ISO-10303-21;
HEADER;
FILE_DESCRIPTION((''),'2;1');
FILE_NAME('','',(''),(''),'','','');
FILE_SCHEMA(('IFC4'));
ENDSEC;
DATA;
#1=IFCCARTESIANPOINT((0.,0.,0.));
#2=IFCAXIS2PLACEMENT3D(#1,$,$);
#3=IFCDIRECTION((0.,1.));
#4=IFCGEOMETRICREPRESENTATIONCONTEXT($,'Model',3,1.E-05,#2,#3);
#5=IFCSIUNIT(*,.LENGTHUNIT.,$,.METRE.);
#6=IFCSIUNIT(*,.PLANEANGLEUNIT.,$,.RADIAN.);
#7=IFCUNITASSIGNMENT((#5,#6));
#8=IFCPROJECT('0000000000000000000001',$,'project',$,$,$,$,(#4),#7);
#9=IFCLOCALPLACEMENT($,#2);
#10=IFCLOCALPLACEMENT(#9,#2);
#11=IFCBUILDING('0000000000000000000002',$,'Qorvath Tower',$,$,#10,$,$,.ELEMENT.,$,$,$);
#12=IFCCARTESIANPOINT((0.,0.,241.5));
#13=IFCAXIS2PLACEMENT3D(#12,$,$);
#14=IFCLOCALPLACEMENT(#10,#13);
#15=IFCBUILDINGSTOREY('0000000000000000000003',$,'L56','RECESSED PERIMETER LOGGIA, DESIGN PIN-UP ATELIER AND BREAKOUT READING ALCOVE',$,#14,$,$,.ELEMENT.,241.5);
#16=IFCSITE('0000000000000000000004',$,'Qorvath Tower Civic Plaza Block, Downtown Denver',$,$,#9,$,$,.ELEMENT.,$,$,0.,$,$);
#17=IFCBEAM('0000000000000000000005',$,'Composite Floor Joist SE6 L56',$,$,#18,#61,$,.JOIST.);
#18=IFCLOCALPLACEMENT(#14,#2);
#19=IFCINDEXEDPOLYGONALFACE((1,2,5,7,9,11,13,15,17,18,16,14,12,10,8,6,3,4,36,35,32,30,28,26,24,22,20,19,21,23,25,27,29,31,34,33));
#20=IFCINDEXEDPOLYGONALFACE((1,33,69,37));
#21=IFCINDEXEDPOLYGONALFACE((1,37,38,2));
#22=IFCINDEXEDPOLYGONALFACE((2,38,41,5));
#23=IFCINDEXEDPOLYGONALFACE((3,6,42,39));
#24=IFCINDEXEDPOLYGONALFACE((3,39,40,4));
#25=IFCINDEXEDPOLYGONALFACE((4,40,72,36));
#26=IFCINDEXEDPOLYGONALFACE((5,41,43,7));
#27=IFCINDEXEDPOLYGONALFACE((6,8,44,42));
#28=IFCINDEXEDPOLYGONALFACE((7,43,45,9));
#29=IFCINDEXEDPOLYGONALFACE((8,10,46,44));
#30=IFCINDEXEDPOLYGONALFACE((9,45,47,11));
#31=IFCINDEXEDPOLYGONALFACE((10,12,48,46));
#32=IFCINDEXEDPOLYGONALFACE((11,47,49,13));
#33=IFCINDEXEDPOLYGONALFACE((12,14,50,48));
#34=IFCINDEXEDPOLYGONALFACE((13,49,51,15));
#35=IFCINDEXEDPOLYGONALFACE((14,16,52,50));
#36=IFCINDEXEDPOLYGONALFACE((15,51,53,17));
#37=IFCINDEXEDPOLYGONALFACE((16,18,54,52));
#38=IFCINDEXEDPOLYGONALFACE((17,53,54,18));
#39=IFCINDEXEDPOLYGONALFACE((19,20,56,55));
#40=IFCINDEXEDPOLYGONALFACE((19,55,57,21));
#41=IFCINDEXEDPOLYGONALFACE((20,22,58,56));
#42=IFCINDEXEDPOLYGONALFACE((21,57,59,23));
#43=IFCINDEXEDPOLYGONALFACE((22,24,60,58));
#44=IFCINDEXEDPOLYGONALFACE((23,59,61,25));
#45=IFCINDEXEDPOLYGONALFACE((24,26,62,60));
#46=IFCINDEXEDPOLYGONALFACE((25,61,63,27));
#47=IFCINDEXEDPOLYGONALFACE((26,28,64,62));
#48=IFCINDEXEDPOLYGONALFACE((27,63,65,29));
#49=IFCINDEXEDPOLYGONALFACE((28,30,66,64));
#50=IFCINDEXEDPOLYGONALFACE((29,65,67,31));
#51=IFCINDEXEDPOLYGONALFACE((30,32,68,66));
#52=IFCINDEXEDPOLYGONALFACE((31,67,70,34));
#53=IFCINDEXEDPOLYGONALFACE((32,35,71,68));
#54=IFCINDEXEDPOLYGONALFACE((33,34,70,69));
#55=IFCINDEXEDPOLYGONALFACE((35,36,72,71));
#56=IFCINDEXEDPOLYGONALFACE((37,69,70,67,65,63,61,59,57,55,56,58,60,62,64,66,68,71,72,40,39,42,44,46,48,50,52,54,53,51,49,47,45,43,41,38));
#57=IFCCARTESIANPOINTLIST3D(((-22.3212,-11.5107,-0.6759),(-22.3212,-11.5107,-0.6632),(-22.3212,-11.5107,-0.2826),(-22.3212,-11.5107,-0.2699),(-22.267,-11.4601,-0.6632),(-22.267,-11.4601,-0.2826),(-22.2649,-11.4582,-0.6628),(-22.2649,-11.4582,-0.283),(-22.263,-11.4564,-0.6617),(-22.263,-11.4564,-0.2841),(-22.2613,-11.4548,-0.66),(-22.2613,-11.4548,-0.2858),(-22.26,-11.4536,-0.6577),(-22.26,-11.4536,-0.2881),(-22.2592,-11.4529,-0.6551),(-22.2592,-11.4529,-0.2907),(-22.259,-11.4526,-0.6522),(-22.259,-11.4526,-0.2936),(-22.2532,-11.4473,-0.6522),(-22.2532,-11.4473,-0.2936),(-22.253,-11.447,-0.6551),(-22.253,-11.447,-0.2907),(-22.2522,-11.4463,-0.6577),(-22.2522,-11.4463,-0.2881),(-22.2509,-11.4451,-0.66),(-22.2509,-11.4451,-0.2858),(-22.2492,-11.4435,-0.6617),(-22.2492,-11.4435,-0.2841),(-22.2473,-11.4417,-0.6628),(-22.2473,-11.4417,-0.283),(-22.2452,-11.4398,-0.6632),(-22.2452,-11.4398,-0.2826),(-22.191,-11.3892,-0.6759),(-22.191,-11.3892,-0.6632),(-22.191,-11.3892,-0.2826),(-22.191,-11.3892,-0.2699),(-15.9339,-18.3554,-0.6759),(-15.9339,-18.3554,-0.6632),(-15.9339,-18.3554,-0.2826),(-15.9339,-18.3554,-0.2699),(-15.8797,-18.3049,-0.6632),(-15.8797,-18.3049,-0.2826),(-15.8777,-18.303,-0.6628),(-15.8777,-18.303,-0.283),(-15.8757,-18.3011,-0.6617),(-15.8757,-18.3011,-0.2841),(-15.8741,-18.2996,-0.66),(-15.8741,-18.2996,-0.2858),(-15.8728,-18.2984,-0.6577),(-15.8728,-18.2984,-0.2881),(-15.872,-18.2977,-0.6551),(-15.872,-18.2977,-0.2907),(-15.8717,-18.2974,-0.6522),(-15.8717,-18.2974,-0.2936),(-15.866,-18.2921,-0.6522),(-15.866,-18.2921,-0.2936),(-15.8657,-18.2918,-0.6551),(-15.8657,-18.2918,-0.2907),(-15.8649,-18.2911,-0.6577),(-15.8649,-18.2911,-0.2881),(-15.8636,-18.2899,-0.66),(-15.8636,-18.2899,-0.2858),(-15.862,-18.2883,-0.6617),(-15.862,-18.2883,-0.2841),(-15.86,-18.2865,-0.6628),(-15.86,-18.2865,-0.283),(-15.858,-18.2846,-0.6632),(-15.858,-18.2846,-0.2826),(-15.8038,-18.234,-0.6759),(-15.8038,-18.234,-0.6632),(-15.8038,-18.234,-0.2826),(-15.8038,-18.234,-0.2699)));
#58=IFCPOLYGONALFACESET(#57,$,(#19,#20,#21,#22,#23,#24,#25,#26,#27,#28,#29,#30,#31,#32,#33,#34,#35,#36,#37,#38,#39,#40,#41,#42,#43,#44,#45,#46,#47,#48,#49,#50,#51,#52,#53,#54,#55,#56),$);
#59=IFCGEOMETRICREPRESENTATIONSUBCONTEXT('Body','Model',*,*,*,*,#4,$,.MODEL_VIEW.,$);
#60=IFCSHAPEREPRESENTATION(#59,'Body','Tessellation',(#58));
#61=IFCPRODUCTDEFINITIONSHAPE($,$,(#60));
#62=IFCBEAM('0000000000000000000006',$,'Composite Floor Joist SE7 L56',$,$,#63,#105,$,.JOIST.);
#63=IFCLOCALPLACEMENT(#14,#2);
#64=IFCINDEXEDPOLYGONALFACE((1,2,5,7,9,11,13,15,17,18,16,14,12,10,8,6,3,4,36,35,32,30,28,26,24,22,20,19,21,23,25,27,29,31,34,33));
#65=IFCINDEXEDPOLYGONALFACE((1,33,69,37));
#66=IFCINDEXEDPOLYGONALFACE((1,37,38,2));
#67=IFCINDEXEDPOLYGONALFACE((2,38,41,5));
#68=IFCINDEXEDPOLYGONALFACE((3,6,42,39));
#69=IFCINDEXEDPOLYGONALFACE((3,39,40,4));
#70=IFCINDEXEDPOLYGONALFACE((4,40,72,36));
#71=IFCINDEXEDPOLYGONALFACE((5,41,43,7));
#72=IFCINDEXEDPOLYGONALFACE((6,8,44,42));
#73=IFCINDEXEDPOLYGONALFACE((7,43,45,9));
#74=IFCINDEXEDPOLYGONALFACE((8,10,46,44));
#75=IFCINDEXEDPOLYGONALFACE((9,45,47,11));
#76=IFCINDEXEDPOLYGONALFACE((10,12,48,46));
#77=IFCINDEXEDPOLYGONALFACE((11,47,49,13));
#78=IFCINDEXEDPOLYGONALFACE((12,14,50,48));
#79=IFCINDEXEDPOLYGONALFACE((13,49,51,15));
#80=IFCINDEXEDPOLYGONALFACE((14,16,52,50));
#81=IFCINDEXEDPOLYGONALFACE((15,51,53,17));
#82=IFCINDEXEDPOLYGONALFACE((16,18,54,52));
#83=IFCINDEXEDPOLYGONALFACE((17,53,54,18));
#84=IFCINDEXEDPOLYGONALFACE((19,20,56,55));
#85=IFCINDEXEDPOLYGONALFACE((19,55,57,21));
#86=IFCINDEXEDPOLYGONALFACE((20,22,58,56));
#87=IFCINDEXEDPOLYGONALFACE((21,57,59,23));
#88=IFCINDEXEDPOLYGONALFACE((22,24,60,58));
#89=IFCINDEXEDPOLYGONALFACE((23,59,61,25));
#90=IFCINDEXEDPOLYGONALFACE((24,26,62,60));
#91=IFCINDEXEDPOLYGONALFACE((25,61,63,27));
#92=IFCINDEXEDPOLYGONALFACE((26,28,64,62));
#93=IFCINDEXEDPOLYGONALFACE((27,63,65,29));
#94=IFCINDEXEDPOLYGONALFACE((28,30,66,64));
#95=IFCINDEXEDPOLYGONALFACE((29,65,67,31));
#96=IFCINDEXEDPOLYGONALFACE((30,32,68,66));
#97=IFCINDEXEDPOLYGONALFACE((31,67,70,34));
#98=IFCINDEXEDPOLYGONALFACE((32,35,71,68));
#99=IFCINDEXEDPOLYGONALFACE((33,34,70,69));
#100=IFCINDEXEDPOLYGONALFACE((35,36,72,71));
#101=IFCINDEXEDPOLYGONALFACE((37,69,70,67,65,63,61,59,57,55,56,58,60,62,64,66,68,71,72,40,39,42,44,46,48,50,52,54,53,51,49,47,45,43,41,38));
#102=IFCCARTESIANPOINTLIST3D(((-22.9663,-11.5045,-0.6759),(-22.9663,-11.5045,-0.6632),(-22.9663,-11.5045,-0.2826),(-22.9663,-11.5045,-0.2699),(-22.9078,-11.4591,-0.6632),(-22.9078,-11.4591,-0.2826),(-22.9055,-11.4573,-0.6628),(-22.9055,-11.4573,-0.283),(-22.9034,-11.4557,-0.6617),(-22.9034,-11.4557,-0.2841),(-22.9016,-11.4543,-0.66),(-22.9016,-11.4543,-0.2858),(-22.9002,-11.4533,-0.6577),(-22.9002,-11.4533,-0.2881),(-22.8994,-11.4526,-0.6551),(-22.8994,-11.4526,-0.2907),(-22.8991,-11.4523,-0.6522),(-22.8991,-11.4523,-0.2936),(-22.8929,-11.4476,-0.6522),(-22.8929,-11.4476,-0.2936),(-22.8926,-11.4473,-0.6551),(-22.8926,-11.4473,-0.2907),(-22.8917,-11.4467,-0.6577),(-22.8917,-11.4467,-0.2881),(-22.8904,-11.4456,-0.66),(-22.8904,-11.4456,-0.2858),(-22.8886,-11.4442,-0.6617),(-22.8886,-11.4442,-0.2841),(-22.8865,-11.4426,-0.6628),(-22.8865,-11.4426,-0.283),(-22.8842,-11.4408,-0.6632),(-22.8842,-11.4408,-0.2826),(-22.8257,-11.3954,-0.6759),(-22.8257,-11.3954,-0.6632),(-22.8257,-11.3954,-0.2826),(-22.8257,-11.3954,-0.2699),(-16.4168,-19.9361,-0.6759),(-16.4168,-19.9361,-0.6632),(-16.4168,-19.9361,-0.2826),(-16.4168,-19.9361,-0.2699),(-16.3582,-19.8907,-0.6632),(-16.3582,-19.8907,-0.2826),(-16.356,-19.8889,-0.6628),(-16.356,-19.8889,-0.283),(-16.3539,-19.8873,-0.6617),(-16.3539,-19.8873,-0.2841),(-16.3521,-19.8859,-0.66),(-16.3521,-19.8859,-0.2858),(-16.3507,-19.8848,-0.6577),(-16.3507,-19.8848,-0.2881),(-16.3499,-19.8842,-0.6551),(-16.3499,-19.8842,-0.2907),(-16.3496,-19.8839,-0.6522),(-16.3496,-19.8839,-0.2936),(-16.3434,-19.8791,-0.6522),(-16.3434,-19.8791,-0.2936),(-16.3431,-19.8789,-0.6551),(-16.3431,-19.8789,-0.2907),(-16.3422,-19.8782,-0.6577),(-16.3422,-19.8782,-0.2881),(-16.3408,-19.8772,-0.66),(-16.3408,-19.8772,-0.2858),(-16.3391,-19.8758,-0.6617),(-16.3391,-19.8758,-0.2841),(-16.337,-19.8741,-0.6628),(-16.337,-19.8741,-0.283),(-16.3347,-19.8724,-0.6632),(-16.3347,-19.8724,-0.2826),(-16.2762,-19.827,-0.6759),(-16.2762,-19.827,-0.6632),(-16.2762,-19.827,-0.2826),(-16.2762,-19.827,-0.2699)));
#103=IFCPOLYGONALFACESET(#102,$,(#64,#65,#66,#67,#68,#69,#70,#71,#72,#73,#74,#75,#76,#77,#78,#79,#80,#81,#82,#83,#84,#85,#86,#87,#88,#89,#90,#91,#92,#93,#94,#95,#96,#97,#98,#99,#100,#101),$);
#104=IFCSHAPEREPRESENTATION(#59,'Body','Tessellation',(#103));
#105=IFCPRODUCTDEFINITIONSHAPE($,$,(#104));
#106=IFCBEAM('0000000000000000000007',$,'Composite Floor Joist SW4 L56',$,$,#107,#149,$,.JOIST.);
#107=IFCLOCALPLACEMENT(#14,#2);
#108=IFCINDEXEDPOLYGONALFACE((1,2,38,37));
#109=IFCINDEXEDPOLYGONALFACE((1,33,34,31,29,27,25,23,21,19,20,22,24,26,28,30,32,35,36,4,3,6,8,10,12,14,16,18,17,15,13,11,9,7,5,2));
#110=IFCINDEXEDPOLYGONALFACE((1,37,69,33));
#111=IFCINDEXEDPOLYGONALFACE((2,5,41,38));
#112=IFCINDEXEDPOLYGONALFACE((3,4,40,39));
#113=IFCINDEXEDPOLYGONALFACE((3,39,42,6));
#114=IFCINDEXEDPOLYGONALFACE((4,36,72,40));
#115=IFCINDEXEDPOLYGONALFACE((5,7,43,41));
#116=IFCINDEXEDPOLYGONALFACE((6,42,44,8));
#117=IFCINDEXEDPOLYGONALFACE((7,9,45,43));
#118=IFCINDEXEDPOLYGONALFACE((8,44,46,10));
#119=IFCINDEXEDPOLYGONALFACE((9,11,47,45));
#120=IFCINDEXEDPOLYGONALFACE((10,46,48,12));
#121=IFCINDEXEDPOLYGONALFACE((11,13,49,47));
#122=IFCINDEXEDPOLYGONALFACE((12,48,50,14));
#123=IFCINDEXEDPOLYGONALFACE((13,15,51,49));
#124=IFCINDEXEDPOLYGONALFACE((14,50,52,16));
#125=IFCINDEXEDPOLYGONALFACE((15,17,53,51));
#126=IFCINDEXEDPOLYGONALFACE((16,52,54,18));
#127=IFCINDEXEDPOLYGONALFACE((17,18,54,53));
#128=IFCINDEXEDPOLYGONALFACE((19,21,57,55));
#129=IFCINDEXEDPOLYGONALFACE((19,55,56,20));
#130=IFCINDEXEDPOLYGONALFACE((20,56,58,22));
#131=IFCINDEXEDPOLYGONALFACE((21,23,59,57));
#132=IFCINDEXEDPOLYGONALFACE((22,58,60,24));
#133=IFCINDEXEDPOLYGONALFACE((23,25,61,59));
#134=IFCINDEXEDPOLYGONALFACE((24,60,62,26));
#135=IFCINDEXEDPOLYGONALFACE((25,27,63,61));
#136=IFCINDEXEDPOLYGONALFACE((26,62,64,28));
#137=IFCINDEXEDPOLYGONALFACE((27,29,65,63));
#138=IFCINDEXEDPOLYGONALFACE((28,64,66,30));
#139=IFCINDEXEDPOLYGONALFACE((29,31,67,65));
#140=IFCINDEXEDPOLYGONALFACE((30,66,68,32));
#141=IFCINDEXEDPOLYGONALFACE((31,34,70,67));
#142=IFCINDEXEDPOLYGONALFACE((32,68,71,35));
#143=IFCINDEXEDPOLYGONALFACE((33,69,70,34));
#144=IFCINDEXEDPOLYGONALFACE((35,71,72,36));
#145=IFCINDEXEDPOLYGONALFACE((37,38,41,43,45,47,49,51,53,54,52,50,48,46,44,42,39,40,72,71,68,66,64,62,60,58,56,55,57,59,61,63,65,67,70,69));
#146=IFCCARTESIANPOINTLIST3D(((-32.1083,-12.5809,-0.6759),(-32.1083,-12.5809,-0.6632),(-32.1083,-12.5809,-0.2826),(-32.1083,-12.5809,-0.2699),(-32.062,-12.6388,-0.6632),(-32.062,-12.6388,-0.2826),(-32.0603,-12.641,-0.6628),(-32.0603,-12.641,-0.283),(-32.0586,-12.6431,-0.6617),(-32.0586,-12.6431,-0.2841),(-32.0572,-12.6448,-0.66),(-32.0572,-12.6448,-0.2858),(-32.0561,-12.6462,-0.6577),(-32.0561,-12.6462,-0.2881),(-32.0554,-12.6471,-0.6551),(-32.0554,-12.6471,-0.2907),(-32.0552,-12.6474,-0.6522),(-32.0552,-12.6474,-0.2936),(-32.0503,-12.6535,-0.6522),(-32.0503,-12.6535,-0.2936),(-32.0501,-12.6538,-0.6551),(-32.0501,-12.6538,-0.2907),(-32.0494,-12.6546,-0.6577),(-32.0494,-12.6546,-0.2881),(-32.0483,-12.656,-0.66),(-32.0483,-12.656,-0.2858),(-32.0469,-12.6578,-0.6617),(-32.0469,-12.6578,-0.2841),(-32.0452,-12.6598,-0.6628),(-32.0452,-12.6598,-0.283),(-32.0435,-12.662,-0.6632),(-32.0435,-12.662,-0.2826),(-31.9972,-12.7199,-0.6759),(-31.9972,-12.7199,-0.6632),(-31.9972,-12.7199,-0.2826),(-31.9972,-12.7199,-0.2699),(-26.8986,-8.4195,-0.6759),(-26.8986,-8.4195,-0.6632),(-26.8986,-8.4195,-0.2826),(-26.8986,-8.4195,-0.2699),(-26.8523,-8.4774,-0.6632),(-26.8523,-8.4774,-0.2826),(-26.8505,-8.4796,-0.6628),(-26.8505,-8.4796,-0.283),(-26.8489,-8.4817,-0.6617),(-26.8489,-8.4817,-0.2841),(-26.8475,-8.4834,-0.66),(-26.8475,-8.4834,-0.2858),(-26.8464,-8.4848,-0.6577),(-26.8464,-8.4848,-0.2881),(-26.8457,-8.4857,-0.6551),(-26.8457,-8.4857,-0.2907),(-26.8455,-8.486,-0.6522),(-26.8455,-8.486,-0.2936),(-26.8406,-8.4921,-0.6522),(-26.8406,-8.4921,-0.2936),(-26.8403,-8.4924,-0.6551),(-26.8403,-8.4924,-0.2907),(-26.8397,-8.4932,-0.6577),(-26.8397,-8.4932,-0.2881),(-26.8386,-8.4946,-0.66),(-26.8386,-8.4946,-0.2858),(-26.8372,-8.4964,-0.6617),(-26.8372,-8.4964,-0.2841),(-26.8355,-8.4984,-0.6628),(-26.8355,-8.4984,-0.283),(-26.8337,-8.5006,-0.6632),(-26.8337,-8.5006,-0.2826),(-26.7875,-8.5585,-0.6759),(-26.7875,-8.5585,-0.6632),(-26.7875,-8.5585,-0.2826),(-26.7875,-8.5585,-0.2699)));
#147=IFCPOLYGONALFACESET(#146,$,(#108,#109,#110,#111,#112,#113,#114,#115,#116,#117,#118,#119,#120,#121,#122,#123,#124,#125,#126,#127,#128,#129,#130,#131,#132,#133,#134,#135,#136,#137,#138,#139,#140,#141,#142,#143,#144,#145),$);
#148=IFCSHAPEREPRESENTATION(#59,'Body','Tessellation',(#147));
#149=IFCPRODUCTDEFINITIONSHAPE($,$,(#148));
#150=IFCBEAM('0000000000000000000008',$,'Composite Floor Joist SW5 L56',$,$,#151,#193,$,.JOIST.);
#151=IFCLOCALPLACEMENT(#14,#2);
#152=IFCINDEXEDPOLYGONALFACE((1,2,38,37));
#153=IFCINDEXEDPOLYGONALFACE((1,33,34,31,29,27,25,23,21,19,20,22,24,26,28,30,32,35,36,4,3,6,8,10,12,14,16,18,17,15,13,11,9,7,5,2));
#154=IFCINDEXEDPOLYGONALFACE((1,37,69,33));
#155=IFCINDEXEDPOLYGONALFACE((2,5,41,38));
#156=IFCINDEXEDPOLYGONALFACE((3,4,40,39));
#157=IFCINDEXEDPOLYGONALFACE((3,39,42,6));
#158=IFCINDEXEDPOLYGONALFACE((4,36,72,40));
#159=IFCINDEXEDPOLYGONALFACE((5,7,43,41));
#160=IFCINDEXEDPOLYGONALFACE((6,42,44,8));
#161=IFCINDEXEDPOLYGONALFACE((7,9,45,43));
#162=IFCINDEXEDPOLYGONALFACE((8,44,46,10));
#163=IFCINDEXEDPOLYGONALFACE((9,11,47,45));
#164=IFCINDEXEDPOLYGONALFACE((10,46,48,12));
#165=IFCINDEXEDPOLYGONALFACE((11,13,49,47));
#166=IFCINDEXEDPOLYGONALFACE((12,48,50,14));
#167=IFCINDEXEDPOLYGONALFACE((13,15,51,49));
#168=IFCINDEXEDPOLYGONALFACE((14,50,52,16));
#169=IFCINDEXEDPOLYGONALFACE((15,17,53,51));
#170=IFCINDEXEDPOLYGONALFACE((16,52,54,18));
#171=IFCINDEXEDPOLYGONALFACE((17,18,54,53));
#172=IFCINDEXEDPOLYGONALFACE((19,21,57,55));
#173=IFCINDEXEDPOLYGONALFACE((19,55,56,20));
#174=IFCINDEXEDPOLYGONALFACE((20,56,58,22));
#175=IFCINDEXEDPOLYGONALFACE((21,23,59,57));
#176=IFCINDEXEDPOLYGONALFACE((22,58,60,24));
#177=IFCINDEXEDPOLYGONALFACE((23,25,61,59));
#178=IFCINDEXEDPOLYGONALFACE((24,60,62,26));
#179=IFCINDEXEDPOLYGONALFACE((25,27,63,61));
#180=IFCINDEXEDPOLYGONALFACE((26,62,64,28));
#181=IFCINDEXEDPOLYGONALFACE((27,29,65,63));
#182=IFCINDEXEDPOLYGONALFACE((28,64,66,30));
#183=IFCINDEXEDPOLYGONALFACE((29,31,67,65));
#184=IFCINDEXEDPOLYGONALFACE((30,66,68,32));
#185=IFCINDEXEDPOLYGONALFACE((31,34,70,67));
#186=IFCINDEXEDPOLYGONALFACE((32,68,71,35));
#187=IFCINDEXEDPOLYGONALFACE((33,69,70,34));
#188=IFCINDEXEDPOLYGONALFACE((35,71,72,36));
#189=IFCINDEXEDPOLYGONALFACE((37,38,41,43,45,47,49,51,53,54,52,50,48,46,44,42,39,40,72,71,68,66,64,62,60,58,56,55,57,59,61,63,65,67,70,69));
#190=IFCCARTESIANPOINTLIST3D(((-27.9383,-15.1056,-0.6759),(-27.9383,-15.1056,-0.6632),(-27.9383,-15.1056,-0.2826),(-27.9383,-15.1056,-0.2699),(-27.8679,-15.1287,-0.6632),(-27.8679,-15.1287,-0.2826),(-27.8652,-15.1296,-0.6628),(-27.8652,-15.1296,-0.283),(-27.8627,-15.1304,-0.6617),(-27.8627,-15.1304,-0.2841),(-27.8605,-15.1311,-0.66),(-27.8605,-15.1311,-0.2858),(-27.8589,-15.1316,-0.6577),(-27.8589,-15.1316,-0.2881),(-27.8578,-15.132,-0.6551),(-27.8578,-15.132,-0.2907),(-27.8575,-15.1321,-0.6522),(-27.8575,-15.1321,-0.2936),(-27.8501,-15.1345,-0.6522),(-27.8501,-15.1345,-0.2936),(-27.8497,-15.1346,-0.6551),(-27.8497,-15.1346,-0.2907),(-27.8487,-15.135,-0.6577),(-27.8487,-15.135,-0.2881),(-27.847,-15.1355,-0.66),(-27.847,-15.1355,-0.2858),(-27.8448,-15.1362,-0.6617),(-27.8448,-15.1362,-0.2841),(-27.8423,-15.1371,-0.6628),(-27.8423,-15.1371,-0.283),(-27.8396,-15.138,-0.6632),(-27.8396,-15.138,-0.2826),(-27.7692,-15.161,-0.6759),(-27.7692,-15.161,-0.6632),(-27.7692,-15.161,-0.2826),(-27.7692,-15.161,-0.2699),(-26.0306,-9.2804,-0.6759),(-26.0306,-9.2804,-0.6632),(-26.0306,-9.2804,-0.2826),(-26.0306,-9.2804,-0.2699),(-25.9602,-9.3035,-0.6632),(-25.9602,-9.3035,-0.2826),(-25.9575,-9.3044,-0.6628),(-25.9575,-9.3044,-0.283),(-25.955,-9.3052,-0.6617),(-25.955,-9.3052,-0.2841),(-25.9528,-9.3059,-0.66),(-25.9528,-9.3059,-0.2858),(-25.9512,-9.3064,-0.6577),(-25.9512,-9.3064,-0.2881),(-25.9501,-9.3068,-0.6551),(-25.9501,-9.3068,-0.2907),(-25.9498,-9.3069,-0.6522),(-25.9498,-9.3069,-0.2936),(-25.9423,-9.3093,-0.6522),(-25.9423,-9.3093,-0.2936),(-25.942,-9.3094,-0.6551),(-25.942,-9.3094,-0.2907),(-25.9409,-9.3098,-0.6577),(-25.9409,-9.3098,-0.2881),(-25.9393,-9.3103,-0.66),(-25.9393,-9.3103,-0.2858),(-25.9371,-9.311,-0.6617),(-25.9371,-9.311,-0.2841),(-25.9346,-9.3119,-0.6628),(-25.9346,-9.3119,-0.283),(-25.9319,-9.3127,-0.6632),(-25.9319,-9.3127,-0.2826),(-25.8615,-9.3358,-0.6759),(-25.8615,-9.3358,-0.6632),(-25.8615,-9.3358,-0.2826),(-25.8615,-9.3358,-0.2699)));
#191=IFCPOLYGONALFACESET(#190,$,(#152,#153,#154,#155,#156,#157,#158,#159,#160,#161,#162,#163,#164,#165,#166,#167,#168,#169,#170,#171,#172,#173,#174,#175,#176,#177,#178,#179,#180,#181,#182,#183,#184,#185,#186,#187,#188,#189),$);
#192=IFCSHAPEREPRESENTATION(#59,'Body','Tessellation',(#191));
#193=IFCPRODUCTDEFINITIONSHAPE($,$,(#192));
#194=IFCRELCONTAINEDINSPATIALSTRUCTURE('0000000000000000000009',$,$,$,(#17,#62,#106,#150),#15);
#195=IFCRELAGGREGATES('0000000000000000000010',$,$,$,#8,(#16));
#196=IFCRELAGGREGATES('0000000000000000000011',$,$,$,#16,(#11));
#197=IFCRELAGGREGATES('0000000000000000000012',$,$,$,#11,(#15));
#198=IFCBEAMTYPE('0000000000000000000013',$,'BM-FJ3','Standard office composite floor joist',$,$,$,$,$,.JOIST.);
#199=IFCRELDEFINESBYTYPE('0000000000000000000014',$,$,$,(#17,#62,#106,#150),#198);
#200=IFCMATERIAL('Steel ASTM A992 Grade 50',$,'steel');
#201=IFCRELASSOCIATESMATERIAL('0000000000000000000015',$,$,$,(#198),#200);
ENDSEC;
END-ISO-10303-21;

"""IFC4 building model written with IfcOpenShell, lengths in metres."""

from ifc_helpers import new_model, si_unit, direction, frame, origin, origin_2d, place, context, subcontext, project, spatial, i_section, extrude, material, material_profile, profile_set, type_object, element, save


model = new_model("IFC4")

# Units and contexts
model_context = context("Model", 3, precision=1e-05, world=origin(), true_north=direction((0.0, 1.0)))
body_context = subcontext(model_context, "Body", "Model", "MODEL_VIEW")
ifc_project = project(units=[si_unit("LENGTHUNIT", "METRE"), si_unit("PLANEANGLEUNIT", "RADIAN")], contexts=[model_context])

# Site, building, storey
site_placement = place(None, origin())
site = spatial("IfcSite", under=ifc_project, at=site_placement, Name="Qorvath Tower Civic Plaza Block, Downtown Denver", CompositionType="ELEMENT", RefElevation=0.0)
building_placement = place(site_placement, origin())
building = spatial("IfcBuilding", under=site, at=building_placement, Name="Qorvath Tower", CompositionType="ELEMENT")
storey_placement = place(building_placement, frame((0.0, 0.0, 241.5)))
storey = spatial("IfcBuildingStorey", under=building, at=storey_placement, Name="L56", Description="RECESSED PERIMETER LOGGIA, DESIGN PIN-UP ATELIER AND BREAKOUT READING ALCOVE", CompositionType="ELEMENT", Elevation=241.5)

# Beams
ifc_material_1 = material(Name="Steel ASTM A992 Grade 50", Category="steel")
ifc_material_profile_1 = material_profile(ifc_material_1, i_section(OverallWidth=0.178, OverallDepth=0.406, WebThickness=0.0078, FlangeThickness=0.0127, FilletRadius=0.011, at=origin_2d()), Name="W16x40")
ifc_profile_set_1 = profile_set([ifc_material_profile_1], Name="Steel ASTM A992 Grade 50")
beam_type_1 = type_object("IfcBeamType", Name="BM-FJ3", Description="Standard office composite floor joist", PredefinedType="JOIST", material=ifc_profile_set_1)
beam_1_placement = place(storey_placement, frame((-22.2561, -11.45, -0.4729), z_axis=(0.682249, -0.731119, 0.0), x_axis=(0.731119, 0.682249, 0.0)))
element("IfcBeam", 1, at=beam_1_placement, inside=storey, type_object=beam_type_1, Name="Composite Floor Joist SE6 L56", PredefinedType="JOIST", context=body_context, shape_type="SweptSolid", body=[
    extrude(i_section(OverallWidth=0.178, OverallDepth=0.406, WebThickness=0.0078, FlangeThickness=0.0127, FilletRadius=0.011, at=origin_2d()), origin(), (0.0, 0.0, 1.0), 9.3621),
])
beam_2_placement = place(storey_placement, frame((-22.896, -11.45, -0.4729), z_axis=(0.613451, -0.789733, 0.0), x_axis=(0.789733, 0.613451, 0.0)))
element("IfcBeam", 2, at=beam_2_placement, inside=storey, type_object=beam_type_1, Name="Composite Floor Joist SE7 L56", PredefinedType="JOIST", context=body_context, shape_type="SweptSolid", body=[
    extrude(i_section(OverallWidth=0.178, OverallDepth=0.406, WebThickness=0.0078, FlangeThickness=0.0127, FilletRadius=0.011, at=origin_2d()), origin(), (0.0, 0.0, 1.0), 10.6765),
])
beam_3_placement = place(storey_placement, frame((-26.843, -8.489, -0.4729), z_axis=(-0.781337, -0.62411, 0.0), x_axis=(0.62411, -0.781337, 0.0)))
element("IfcBeam", 3, at=beam_3_placement, inside=storey, type_object=beam_type_1, Name="Composite Floor Joist SW4 L56", PredefinedType="JOIST", context=body_context, shape_type="SweptSolid", body=[
    extrude(i_section(OverallWidth=0.178, OverallDepth=0.406, WebThickness=0.0078, FlangeThickness=0.0127, FilletRadius=0.011, at=origin_2d()), origin(), (0.0, 0.0, 1.0), 6.6677),
])
beam_4_placement = place(storey_placement, frame((-25.946, -9.3081, -0.4729), z_axis=(-0.311229, -0.950335, 0.0), x_axis=(0.950335, -0.311229, 0.0)))
element("IfcBeam", 4, at=beam_4_placement, inside=storey, type_object=beam_type_1, Name="Composite Floor Joist SW5 L56", PredefinedType="JOIST", context=body_context, shape_type="SweptSolid", body=[
    extrude(i_section(OverallWidth=0.178, OverallDepth=0.406, WebThickness=0.0078, FlangeThickness=0.0127, FilletRadius=0.011, at=origin_2d()), origin(), (0.0, 0.0, 1.0), 6.1296),
])

save(model, "model.ifc")
